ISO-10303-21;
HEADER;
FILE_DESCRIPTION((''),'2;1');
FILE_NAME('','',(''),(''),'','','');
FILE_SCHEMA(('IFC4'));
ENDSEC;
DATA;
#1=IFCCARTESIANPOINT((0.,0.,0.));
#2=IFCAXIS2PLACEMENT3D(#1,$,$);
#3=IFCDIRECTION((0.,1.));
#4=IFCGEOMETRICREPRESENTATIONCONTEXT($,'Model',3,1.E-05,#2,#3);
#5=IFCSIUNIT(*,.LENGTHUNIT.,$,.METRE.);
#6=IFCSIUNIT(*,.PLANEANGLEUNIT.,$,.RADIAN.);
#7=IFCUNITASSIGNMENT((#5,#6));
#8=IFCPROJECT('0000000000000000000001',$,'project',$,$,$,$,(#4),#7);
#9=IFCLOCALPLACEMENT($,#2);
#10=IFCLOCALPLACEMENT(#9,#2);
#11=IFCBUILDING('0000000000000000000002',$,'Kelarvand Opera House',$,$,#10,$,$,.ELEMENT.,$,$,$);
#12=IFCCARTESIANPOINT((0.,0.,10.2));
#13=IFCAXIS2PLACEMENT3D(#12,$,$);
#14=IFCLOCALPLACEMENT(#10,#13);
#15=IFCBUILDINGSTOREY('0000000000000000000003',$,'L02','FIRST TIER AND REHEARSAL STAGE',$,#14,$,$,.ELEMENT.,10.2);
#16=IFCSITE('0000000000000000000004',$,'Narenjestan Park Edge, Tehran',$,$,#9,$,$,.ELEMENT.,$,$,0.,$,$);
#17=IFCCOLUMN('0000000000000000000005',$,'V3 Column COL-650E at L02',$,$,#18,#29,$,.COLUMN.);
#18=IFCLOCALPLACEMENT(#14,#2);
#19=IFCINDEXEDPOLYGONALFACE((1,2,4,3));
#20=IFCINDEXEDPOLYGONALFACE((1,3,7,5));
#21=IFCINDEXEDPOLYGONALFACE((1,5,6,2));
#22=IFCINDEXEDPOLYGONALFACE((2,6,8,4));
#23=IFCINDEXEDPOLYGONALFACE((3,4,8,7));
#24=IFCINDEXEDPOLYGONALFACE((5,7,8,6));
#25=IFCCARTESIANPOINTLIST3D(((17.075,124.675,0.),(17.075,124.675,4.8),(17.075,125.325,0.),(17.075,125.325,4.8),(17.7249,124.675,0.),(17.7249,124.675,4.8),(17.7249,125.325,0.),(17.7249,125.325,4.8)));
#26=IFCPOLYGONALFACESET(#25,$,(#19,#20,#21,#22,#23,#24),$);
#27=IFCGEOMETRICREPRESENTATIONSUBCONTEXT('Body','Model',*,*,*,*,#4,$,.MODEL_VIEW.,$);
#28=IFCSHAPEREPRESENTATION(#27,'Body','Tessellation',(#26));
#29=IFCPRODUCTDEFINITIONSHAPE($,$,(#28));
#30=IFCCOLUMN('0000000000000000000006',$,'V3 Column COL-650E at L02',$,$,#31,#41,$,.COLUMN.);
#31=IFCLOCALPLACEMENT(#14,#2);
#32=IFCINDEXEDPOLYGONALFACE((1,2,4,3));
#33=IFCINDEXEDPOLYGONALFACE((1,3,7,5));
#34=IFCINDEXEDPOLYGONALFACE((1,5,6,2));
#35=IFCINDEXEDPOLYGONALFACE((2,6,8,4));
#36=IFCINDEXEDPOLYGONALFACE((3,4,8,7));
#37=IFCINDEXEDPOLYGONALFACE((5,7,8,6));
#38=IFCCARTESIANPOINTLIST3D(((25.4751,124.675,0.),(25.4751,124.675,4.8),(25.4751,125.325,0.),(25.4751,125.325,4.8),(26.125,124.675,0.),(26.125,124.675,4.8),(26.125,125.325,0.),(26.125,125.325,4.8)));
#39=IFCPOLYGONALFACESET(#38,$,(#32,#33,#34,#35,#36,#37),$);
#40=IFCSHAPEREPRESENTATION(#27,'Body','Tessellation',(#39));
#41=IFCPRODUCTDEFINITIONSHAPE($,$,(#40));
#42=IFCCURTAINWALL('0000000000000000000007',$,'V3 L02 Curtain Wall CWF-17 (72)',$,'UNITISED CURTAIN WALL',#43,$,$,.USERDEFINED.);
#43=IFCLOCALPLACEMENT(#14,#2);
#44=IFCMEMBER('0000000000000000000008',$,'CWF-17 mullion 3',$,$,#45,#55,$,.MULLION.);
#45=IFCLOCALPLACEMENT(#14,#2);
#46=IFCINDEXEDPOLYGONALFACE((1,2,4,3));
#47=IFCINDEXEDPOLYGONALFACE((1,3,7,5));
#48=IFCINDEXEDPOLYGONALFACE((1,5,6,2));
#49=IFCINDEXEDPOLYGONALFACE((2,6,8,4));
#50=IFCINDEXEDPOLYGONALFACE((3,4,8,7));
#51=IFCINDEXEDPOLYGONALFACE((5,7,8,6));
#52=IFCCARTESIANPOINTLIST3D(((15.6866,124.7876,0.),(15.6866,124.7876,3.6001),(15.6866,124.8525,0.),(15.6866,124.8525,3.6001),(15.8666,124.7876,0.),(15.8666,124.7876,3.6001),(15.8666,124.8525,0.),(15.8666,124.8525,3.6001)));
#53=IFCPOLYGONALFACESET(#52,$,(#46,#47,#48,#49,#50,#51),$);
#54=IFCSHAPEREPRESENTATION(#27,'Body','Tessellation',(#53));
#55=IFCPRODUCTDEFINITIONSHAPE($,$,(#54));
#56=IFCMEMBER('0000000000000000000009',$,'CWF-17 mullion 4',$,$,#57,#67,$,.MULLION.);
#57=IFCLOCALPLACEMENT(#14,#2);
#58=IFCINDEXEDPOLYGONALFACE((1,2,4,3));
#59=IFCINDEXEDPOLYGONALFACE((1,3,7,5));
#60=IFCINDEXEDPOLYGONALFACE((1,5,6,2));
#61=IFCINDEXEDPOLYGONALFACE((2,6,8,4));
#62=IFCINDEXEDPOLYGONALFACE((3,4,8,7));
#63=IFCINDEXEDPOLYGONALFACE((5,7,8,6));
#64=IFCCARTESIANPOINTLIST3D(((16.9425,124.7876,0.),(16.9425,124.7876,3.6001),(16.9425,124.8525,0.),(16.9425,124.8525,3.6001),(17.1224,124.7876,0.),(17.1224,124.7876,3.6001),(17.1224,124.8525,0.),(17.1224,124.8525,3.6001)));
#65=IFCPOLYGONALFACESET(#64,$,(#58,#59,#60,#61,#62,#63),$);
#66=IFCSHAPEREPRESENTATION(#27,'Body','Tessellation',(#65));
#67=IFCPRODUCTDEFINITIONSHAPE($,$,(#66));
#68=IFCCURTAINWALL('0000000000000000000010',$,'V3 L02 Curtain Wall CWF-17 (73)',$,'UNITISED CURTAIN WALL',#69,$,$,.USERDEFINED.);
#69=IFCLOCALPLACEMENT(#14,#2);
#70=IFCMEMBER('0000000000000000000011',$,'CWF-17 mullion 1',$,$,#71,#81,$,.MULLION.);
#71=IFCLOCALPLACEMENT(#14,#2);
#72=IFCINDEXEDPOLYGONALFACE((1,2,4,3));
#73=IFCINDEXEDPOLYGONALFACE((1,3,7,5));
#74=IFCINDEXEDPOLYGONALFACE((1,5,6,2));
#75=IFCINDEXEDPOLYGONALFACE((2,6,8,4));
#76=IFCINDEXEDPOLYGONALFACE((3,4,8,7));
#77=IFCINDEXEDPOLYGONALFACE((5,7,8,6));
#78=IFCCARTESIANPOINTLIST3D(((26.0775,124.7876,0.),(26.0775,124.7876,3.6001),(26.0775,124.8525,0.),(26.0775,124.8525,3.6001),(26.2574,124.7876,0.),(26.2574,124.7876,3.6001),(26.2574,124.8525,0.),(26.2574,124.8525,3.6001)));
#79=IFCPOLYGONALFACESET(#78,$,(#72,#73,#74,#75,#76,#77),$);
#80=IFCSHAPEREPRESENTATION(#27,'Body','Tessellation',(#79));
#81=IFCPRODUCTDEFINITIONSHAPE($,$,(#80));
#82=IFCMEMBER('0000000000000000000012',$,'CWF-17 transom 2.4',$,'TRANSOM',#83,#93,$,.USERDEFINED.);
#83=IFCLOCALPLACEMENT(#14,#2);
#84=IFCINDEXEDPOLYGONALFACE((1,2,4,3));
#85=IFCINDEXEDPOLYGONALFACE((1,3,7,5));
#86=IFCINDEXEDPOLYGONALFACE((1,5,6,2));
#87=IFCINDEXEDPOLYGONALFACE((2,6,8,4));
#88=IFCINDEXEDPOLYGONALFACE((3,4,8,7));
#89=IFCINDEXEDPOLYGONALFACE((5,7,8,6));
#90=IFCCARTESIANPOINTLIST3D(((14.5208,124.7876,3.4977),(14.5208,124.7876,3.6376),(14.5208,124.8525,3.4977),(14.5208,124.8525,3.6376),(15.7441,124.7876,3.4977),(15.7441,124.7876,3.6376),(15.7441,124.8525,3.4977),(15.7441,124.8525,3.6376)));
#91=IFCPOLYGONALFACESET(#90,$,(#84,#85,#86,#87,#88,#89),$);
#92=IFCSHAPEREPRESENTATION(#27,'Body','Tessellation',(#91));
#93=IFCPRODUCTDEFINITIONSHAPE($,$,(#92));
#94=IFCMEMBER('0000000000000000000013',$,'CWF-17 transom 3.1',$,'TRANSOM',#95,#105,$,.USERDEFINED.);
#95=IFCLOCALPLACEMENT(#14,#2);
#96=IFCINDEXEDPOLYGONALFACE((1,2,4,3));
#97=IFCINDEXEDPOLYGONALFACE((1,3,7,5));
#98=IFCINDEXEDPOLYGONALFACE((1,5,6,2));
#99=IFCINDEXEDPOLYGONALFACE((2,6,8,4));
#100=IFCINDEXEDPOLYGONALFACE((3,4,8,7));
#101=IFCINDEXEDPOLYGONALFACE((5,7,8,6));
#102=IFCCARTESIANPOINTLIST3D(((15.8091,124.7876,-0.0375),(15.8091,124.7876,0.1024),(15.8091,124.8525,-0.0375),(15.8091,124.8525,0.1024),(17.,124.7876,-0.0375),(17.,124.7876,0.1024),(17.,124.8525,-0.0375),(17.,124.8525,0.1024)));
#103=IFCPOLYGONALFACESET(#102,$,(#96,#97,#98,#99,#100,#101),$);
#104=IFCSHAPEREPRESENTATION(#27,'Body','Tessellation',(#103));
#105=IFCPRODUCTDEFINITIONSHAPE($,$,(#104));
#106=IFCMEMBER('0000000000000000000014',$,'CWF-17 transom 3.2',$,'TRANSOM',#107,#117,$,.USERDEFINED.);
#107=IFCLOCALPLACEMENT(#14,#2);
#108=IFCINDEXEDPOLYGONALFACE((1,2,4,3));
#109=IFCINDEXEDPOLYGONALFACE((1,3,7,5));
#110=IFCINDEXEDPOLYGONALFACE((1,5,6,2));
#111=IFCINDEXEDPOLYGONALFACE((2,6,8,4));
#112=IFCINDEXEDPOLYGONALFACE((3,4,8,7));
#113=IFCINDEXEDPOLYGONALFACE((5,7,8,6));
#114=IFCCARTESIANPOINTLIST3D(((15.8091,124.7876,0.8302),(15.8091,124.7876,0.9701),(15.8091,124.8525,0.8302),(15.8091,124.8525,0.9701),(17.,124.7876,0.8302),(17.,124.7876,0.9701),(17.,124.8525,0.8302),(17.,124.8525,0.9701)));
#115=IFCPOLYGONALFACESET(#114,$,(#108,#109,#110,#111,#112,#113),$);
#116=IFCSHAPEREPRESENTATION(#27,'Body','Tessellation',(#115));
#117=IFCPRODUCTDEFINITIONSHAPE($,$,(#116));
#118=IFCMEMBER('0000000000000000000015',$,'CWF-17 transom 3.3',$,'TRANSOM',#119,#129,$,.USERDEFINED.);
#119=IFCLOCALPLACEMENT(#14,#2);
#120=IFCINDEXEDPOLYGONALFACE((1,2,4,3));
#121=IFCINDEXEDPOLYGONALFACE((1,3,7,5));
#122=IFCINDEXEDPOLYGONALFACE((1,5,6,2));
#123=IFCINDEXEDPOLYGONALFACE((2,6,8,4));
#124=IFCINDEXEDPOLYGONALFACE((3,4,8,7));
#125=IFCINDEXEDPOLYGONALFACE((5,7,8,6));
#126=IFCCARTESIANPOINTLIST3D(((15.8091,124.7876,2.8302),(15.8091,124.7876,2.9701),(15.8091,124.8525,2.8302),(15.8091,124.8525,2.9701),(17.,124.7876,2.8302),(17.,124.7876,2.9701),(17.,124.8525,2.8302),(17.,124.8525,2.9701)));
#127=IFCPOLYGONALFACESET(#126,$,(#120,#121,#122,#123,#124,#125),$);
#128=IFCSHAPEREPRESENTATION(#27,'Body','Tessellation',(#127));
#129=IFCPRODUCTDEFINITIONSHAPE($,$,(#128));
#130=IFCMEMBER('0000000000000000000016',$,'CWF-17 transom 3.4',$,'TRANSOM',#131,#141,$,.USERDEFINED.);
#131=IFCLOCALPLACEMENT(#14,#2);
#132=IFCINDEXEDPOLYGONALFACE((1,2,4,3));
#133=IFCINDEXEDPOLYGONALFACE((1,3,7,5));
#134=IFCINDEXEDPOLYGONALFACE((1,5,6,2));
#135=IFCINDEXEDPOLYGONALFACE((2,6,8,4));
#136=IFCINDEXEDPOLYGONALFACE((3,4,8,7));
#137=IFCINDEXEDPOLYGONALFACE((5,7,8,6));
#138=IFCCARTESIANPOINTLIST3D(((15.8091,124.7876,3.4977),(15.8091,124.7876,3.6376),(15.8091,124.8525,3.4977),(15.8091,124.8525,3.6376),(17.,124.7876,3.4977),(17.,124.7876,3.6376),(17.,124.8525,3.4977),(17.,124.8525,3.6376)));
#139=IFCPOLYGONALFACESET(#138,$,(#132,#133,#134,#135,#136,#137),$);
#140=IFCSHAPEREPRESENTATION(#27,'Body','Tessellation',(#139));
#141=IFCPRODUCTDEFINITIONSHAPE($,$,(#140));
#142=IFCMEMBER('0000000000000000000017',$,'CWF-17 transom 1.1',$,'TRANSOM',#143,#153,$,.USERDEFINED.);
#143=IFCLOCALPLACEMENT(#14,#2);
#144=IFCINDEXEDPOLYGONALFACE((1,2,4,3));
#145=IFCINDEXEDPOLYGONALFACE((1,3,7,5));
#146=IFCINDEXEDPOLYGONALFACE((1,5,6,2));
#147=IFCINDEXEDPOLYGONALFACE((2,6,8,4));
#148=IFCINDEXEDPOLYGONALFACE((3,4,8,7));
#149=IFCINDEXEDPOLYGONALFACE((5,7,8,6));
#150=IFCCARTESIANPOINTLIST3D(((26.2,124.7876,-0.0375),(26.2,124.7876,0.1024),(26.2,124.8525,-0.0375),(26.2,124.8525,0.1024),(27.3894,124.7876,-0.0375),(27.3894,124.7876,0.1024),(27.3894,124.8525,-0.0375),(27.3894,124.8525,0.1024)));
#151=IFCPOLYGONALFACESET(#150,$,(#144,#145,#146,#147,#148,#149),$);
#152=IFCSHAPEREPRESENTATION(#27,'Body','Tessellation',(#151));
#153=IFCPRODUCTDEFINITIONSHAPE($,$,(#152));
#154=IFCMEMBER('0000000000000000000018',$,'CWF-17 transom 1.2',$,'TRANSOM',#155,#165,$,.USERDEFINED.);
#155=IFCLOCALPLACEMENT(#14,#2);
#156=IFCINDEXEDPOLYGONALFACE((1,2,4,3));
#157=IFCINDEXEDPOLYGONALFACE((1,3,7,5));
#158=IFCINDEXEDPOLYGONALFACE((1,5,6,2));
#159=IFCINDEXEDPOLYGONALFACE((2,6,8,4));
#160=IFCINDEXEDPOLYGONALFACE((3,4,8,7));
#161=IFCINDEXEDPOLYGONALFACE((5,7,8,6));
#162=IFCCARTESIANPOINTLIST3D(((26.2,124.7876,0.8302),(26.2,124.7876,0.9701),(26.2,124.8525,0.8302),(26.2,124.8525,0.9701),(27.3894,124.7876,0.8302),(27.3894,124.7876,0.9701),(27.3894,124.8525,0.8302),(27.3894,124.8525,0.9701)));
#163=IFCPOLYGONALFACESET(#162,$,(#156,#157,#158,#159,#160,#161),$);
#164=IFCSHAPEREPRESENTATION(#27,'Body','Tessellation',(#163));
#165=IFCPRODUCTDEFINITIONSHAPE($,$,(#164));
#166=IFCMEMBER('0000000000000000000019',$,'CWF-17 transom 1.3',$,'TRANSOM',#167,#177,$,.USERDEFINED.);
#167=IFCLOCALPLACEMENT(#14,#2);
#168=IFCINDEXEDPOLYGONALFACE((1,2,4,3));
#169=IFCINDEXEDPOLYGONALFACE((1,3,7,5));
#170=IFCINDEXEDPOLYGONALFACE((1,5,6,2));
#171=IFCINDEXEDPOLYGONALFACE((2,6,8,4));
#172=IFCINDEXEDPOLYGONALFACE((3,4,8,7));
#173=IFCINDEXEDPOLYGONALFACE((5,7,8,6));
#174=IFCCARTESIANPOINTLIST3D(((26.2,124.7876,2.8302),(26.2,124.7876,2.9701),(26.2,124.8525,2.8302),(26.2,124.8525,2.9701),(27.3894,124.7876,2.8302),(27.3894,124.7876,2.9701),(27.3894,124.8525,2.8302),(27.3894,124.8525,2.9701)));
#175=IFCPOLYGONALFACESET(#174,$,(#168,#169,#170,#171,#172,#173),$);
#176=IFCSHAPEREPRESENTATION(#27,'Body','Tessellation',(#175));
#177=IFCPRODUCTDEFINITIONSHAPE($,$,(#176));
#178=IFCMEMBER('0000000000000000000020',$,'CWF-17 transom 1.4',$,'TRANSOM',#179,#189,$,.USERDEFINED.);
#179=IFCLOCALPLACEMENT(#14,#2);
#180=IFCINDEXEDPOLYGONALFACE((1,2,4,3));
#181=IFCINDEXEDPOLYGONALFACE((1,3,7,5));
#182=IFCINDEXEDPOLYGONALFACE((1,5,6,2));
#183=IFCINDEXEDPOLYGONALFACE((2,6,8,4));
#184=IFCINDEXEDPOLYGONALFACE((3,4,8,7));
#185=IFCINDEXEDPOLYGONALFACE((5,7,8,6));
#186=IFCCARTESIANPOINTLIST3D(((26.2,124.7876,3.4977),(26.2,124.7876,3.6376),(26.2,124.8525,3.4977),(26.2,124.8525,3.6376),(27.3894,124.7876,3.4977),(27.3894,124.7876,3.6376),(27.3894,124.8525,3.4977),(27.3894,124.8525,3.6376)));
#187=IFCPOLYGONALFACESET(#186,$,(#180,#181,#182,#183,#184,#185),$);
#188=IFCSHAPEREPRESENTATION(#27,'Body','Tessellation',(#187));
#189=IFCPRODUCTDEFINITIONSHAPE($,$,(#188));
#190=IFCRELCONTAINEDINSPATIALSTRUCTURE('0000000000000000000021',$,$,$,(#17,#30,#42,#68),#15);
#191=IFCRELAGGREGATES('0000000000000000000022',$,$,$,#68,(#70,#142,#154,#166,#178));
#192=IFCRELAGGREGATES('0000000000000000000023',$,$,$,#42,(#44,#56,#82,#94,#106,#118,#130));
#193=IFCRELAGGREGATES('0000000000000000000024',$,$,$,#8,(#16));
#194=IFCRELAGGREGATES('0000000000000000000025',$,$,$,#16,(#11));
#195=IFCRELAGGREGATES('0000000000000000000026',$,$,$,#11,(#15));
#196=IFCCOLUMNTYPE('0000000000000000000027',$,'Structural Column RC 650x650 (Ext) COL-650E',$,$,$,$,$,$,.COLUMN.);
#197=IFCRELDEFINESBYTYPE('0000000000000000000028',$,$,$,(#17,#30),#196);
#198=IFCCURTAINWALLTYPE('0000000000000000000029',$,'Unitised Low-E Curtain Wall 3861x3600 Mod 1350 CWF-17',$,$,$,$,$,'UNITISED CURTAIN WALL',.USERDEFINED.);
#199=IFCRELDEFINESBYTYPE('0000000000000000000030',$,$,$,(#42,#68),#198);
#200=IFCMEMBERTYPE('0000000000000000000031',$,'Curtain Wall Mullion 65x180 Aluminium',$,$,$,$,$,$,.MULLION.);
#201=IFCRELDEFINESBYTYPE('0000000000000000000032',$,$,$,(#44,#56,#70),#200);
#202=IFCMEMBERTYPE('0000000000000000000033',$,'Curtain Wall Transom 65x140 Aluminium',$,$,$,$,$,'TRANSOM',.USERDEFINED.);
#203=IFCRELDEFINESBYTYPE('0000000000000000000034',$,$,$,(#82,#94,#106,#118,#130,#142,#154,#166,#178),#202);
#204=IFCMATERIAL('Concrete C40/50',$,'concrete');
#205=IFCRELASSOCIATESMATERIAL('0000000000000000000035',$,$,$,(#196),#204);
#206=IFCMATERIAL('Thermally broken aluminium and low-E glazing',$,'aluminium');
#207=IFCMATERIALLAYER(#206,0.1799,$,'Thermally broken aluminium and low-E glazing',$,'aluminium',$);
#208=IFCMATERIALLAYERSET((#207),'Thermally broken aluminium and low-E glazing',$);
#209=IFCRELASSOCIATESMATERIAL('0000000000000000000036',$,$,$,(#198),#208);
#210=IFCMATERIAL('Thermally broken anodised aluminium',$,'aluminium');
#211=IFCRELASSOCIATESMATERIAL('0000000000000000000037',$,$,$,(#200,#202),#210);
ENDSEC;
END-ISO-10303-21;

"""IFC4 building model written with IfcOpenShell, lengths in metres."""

from ifc_helpers import new_model, si_unit, direction, frame, origin, origin_2d, place, context, subcontext, project, spatial, rectangle, extrude, material, layer, layer_set, material_profile, profile_set, type_object, element, aggregate, save


model = new_model("IFC4")

# Units and contexts
model_context = context("Model", 3, precision=1e-05, world=origin(), true_north=direction((0.0, 1.0)))
body_context = subcontext(model_context, "Body", "Model", "MODEL_VIEW")
ifc_project = project(units=[si_unit("LENGTHUNIT", "METRE"), si_unit("PLANEANGLEUNIT", "RADIAN")], contexts=[model_context])

# Site, building, storey
site_placement = place(None, origin())
site = spatial("IfcSite", under=ifc_project, at=site_placement, Name="Narenjestan Park Edge, Tehran", CompositionType="ELEMENT", RefElevation=0.0)
building_placement = place(site_placement, origin())
building = spatial("IfcBuilding", under=site, at=building_placement, Name="Kelarvand Opera House", CompositionType="ELEMENT")
storey_placement = place(building_placement, frame((0.0, 0.0, 10.2)))
storey = spatial("IfcBuildingStorey", under=building, at=storey_placement, Name="L02", Description="FIRST TIER AND REHEARSAL STAGE", CompositionType="ELEMENT", Elevation=10.2)

# Columns
ifc_material_1 = material(Name="Concrete C40/50", Category="concrete")
ifc_material_profile_1 = material_profile(ifc_material_1, rectangle(XDim=0.6499, YDim=0.6499, at=origin_2d()), Name="RC 650x650", Category="concrete")
ifc_profile_set_1 = profile_set([ifc_material_profile_1], Name="Concrete C40/50")
column_type = type_object("IfcColumnType", Name="Structural Column RC 650x650 (Ext) COL-650E", PredefinedType="COLUMN", material=ifc_profile_set_1)
for number, where, z_axis, x_axis, name in (
    (1, (17.3999, 125.0, 0.0), (0.0, 0.0, 1.0), (1.0, 0.0, 0.0), "V3 Column COL-650E at L02"),
    (2, (25.8, 125.0, 0.0), (0.0, 0.0, 1.0), (1.0, 0.0, 0.0), "V3 Column COL-650E at L02"),
):
    element("IfcColumn", number, at=place(storey_placement, frame(where, z_axis=z_axis, x_axis=x_axis)), inside=storey, type_object=column_type, Name=name, PredefinedType="COLUMN", context=body_context, shape_type="SweptSolid", body=[
        extrude(rectangle(XDim=0.6499, YDim=0.6499, at=origin_2d()), origin(), (0.0, 0.0, 1.0), 4.8),
    ])

# Curtain wall, members
ifc_material_2 = material(Name="Thermally broken aluminium and low-E glazing", Category="aluminium")
ifc_layer_1 = layer(ifc_material_2, 0.1799, Name="Thermally broken aluminium and low-E glazing", Category="aluminium")
ifc_layer_set_1 = layer_set([ifc_layer_1], Name="Thermally broken aluminium and low-E glazing")
curtain_wall_type = type_object("IfcCurtainWallType", Name="Unitised Low-E Curtain Wall 3861x3600 Mod 1350 CWF-17", ElementType="UNITISED CURTAIN WALL", PredefinedType="USERDEFINED", material=ifc_layer_set_1)
curtain_wall_1_placement = place(storey_placement, origin())
curtain_wall_1 = element("IfcCurtainWall", 3, at=curtain_wall_1_placement, inside=storey, type_object=curtain_wall_type, Name="V3 L02 Curtain Wall CWF-17 (72)", ObjectType="UNITISED CURTAIN WALL", PredefinedType="USERDEFINED")
ifc_material_3 = material(Name="Thermally broken anodised aluminium", Category="aluminium")
ifc_material_profile_2 = material_profile(ifc_material_3, rectangle(XDim=0.0649, YDim=0.1799, at=origin_2d()), Name="ALU MULLION 65x180", Category="aluminium")
ifc_profile_set_2 = profile_set([ifc_material_profile_2], Name="Thermally broken anodised aluminium")
member_type_1 = type_object("IfcMemberType", Name="Curtain Wall Mullion 65x180 Aluminium", PredefinedType="MULLION", material=ifc_profile_set_2)
member_1_placement = place(storey_placement, frame((15.7766, 124.8201, 0.0), z_axis=(0.0, 0.0, 1.0), x_axis=(0.0, 1.0, 0.0)))
member_1 = element("IfcMember", 4, at=member_1_placement, type_object=member_type_1, Name="CWF-17 mullion 3", PredefinedType="MULLION", context=body_context, shape_type="SweptSolid", body=[
    extrude(rectangle(XDim=0.0649, YDim=0.1799, at=origin_2d()), origin(), (0.0, 0.0, 1.0), 3.6001),
])
member_2_placement = place(storey_placement, frame((17.0325, 124.8201, 0.0), z_axis=(0.0, 0.0, 1.0), x_axis=(0.0, 1.0, 0.0)))
member_2 = element("IfcMember", 5, at=member_2_placement, type_object=member_type_1, Name="CWF-17 mullion 4", PredefinedType="MULLION", context=body_context, shape_type="SweptSolid", body=[
    extrude(rectangle(XDim=0.0649, YDim=0.1799, at=origin_2d()), origin(), (0.0, 0.0, 1.0), 3.6001),
])

# Curtain wall, member
curtain_wall_2_placement = place(storey_placement, origin())
curtain_wall_2 = element("IfcCurtainWall", 6, at=curtain_wall_2_placement, inside=storey, type_object=curtain_wall_type, Name="V3 L02 Curtain Wall CWF-17 (73)", ObjectType="UNITISED CURTAIN WALL", PredefinedType="USERDEFINED")
member_3_placement = place(storey_placement, frame((26.1675, 124.8201, 0.0), z_axis=(0.0, 0.0, 1.0), x_axis=(0.0, 1.0, 0.0)))
member_3 = element("IfcMember", 7, at=member_3_placement, type_object=member_type_1, Name="CWF-17 mullion 1", PredefinedType="MULLION", context=body_context, shape_type="SweptSolid", body=[
    extrude(rectangle(XDim=0.0649, YDim=0.1799, at=origin_2d()), origin(), (0.0, 0.0, 1.0), 3.6001),
])

# Members
ifc_material_profile_3 = material_profile(ifc_material_3, rectangle(XDim=0.0649, YDim=0.1399, at=origin_2d()), Name="ALU TRANSOM 65x140", Category="aluminium")
ifc_profile_set_3 = profile_set([ifc_material_profile_3], Name="Thermally broken anodised aluminium")
member_type_2 = type_object("IfcMemberType", Name="Curtain Wall Transom 65x140 Aluminium", ElementType="TRANSOM", PredefinedType="USERDEFINED", material=ifc_profile_set_3)
member_4_placement = place(storey_placement, frame((14.5208, 124.8201, 3.5676), z_axis=(1.0, 0.0, 0.0), x_axis=(0.0, 1.0, 0.0)))
member_4 = element("IfcMember", 8, at=member_4_placement, type_object=member_type_2, Name="CWF-17 transom 2.4", ObjectType="TRANSOM", PredefinedType="USERDEFINED", context=body_context, shape_type="SweptSolid", body=[
    extrude(rectangle(XDim=0.0649, YDim=0.1399, at=origin_2d()), origin(), (0.0, 0.0, 1.0), 1.2234),
])
member_5_placement = place(storey_placement, frame((15.8091, 124.8201, 0.0325), z_axis=(1.0, 0.0, 0.0), x_axis=(0.0, 1.0, 0.0)))
member_5 = element("IfcMember", 9, at=member_5_placement, type_object=member_type_2, Name="CWF-17 transom 3.1", ObjectType="TRANSOM", PredefinedType="USERDEFINED", context=body_context, shape_type="SweptSolid", body=[
    extrude(rectangle(XDim=0.0649, YDim=0.1399, at=origin_2d()), origin(), (0.0, 0.0, 1.0), 1.1909),
])
member_6_placement = place(storey_placement, frame((15.8091, 124.8201, 0.9001), z_axis=(1.0, 0.0, 0.0), x_axis=(0.0, 1.0, 0.0)))
member_6 = element("IfcMember", 10, at=member_6_placement, type_object=member_type_2, Name="CWF-17 transom 3.2", ObjectType="TRANSOM", PredefinedType="USERDEFINED", context=body_context, shape_type="SweptSolid", body=[
    extrude(rectangle(XDim=0.0649, YDim=0.1399, at=origin_2d()), origin(), (0.0, 0.0, 1.0), 1.1909),
])
member_7_placement = place(storey_placement, frame((15.8091, 124.8201, 2.9001), z_axis=(1.0, 0.0, 0.0), x_axis=(0.0, 1.0, 0.0)))
member_7 = element("IfcMember", 11, at=member_7_placement, type_object=member_type_2, Name="CWF-17 transom 3.3", ObjectType="TRANSOM", PredefinedType="USERDEFINED", context=body_context, shape_type="SweptSolid", body=[
    extrude(rectangle(XDim=0.0649, YDim=0.1399, at=origin_2d()), origin(), (0.0, 0.0, 1.0), 1.1909),
])
member_8_placement = place(storey_placement, frame((15.8091, 124.8201, 3.5676), z_axis=(1.0, 0.0, 0.0), x_axis=(0.0, 1.0, 0.0)))
member_8 = element("IfcMember", 12, at=member_8_placement, type_object=member_type_2, Name="CWF-17 transom 3.4", ObjectType="TRANSOM", PredefinedType="USERDEFINED", context=body_context, shape_type="SweptSolid", body=[
    extrude(rectangle(XDim=0.0649, YDim=0.1399, at=origin_2d()), origin(), (0.0, 0.0, 1.0), 1.1909),
])
member_9_placement = place(storey_placement, frame((26.2, 124.8201, 0.0325), z_axis=(1.0, 0.0, 0.0), x_axis=(0.0, 1.0, 0.0)))
member_9 = element("IfcMember", 13, at=member_9_placement, type_object=member_type_2, Name="CWF-17 transom 1.1", ObjectType="TRANSOM", PredefinedType="USERDEFINED", context=body_context, shape_type="SweptSolid", body=[
    extrude(rectangle(XDim=0.0649, YDim=0.1399, at=origin_2d()), origin(), (0.0, 0.0, 1.0), 1.1895),
])
member_10_placement = place(storey_placement, frame((26.2, 124.8201, 0.9001), z_axis=(1.0, 0.0, 0.0), x_axis=(0.0, 1.0, 0.0)))
member_10 = element("IfcMember", 14, at=member_10_placement, type_object=member_type_2, Name="CWF-17 transom 1.2", ObjectType="TRANSOM", PredefinedType="USERDEFINED", context=body_context, shape_type="SweptSolid", body=[
    extrude(rectangle(XDim=0.0649, YDim=0.1399, at=origin_2d()), origin(), (0.0, 0.0, 1.0), 1.1895),
])
member_11_placement = place(storey_placement, frame((26.2, 124.8201, 2.9001), z_axis=(1.0, 0.0, 0.0), x_axis=(0.0, 1.0, 0.0)))
member_11 = element("IfcMember", 15, at=member_11_placement, type_object=member_type_2, Name="CWF-17 transom 1.3", ObjectType="TRANSOM", PredefinedType="USERDEFINED", context=body_context, shape_type="SweptSolid", body=[
    extrude(rectangle(XDim=0.0649, YDim=0.1399, at=origin_2d()), origin(), (0.0, 0.0, 1.0), 1.1895),
])
member_12_placement = place(storey_placement, frame((26.2, 124.8201, 3.5676), z_axis=(1.0, 0.0, 0.0), x_axis=(0.0, 1.0, 0.0)))
member_12 = element("IfcMember", 16, at=member_12_placement, type_object=member_type_2, Name="CWF-17 transom 1.4", ObjectType="TRANSOM", PredefinedType="USERDEFINED", context=body_context, shape_type="SweptSolid", body=[
    extrude(rectangle(XDim=0.0649, YDim=0.1399, at=origin_2d()), origin(), (0.0, 0.0, 1.0), 1.1895),
])
aggregate(curtain_wall_2, [member_3, member_9, member_10, member_11, member_12])

aggregate(curtain_wall_1, [member_1, member_2, member_4, member_5, member_6, member_7, member_8])

save(model, "model.ifc")
